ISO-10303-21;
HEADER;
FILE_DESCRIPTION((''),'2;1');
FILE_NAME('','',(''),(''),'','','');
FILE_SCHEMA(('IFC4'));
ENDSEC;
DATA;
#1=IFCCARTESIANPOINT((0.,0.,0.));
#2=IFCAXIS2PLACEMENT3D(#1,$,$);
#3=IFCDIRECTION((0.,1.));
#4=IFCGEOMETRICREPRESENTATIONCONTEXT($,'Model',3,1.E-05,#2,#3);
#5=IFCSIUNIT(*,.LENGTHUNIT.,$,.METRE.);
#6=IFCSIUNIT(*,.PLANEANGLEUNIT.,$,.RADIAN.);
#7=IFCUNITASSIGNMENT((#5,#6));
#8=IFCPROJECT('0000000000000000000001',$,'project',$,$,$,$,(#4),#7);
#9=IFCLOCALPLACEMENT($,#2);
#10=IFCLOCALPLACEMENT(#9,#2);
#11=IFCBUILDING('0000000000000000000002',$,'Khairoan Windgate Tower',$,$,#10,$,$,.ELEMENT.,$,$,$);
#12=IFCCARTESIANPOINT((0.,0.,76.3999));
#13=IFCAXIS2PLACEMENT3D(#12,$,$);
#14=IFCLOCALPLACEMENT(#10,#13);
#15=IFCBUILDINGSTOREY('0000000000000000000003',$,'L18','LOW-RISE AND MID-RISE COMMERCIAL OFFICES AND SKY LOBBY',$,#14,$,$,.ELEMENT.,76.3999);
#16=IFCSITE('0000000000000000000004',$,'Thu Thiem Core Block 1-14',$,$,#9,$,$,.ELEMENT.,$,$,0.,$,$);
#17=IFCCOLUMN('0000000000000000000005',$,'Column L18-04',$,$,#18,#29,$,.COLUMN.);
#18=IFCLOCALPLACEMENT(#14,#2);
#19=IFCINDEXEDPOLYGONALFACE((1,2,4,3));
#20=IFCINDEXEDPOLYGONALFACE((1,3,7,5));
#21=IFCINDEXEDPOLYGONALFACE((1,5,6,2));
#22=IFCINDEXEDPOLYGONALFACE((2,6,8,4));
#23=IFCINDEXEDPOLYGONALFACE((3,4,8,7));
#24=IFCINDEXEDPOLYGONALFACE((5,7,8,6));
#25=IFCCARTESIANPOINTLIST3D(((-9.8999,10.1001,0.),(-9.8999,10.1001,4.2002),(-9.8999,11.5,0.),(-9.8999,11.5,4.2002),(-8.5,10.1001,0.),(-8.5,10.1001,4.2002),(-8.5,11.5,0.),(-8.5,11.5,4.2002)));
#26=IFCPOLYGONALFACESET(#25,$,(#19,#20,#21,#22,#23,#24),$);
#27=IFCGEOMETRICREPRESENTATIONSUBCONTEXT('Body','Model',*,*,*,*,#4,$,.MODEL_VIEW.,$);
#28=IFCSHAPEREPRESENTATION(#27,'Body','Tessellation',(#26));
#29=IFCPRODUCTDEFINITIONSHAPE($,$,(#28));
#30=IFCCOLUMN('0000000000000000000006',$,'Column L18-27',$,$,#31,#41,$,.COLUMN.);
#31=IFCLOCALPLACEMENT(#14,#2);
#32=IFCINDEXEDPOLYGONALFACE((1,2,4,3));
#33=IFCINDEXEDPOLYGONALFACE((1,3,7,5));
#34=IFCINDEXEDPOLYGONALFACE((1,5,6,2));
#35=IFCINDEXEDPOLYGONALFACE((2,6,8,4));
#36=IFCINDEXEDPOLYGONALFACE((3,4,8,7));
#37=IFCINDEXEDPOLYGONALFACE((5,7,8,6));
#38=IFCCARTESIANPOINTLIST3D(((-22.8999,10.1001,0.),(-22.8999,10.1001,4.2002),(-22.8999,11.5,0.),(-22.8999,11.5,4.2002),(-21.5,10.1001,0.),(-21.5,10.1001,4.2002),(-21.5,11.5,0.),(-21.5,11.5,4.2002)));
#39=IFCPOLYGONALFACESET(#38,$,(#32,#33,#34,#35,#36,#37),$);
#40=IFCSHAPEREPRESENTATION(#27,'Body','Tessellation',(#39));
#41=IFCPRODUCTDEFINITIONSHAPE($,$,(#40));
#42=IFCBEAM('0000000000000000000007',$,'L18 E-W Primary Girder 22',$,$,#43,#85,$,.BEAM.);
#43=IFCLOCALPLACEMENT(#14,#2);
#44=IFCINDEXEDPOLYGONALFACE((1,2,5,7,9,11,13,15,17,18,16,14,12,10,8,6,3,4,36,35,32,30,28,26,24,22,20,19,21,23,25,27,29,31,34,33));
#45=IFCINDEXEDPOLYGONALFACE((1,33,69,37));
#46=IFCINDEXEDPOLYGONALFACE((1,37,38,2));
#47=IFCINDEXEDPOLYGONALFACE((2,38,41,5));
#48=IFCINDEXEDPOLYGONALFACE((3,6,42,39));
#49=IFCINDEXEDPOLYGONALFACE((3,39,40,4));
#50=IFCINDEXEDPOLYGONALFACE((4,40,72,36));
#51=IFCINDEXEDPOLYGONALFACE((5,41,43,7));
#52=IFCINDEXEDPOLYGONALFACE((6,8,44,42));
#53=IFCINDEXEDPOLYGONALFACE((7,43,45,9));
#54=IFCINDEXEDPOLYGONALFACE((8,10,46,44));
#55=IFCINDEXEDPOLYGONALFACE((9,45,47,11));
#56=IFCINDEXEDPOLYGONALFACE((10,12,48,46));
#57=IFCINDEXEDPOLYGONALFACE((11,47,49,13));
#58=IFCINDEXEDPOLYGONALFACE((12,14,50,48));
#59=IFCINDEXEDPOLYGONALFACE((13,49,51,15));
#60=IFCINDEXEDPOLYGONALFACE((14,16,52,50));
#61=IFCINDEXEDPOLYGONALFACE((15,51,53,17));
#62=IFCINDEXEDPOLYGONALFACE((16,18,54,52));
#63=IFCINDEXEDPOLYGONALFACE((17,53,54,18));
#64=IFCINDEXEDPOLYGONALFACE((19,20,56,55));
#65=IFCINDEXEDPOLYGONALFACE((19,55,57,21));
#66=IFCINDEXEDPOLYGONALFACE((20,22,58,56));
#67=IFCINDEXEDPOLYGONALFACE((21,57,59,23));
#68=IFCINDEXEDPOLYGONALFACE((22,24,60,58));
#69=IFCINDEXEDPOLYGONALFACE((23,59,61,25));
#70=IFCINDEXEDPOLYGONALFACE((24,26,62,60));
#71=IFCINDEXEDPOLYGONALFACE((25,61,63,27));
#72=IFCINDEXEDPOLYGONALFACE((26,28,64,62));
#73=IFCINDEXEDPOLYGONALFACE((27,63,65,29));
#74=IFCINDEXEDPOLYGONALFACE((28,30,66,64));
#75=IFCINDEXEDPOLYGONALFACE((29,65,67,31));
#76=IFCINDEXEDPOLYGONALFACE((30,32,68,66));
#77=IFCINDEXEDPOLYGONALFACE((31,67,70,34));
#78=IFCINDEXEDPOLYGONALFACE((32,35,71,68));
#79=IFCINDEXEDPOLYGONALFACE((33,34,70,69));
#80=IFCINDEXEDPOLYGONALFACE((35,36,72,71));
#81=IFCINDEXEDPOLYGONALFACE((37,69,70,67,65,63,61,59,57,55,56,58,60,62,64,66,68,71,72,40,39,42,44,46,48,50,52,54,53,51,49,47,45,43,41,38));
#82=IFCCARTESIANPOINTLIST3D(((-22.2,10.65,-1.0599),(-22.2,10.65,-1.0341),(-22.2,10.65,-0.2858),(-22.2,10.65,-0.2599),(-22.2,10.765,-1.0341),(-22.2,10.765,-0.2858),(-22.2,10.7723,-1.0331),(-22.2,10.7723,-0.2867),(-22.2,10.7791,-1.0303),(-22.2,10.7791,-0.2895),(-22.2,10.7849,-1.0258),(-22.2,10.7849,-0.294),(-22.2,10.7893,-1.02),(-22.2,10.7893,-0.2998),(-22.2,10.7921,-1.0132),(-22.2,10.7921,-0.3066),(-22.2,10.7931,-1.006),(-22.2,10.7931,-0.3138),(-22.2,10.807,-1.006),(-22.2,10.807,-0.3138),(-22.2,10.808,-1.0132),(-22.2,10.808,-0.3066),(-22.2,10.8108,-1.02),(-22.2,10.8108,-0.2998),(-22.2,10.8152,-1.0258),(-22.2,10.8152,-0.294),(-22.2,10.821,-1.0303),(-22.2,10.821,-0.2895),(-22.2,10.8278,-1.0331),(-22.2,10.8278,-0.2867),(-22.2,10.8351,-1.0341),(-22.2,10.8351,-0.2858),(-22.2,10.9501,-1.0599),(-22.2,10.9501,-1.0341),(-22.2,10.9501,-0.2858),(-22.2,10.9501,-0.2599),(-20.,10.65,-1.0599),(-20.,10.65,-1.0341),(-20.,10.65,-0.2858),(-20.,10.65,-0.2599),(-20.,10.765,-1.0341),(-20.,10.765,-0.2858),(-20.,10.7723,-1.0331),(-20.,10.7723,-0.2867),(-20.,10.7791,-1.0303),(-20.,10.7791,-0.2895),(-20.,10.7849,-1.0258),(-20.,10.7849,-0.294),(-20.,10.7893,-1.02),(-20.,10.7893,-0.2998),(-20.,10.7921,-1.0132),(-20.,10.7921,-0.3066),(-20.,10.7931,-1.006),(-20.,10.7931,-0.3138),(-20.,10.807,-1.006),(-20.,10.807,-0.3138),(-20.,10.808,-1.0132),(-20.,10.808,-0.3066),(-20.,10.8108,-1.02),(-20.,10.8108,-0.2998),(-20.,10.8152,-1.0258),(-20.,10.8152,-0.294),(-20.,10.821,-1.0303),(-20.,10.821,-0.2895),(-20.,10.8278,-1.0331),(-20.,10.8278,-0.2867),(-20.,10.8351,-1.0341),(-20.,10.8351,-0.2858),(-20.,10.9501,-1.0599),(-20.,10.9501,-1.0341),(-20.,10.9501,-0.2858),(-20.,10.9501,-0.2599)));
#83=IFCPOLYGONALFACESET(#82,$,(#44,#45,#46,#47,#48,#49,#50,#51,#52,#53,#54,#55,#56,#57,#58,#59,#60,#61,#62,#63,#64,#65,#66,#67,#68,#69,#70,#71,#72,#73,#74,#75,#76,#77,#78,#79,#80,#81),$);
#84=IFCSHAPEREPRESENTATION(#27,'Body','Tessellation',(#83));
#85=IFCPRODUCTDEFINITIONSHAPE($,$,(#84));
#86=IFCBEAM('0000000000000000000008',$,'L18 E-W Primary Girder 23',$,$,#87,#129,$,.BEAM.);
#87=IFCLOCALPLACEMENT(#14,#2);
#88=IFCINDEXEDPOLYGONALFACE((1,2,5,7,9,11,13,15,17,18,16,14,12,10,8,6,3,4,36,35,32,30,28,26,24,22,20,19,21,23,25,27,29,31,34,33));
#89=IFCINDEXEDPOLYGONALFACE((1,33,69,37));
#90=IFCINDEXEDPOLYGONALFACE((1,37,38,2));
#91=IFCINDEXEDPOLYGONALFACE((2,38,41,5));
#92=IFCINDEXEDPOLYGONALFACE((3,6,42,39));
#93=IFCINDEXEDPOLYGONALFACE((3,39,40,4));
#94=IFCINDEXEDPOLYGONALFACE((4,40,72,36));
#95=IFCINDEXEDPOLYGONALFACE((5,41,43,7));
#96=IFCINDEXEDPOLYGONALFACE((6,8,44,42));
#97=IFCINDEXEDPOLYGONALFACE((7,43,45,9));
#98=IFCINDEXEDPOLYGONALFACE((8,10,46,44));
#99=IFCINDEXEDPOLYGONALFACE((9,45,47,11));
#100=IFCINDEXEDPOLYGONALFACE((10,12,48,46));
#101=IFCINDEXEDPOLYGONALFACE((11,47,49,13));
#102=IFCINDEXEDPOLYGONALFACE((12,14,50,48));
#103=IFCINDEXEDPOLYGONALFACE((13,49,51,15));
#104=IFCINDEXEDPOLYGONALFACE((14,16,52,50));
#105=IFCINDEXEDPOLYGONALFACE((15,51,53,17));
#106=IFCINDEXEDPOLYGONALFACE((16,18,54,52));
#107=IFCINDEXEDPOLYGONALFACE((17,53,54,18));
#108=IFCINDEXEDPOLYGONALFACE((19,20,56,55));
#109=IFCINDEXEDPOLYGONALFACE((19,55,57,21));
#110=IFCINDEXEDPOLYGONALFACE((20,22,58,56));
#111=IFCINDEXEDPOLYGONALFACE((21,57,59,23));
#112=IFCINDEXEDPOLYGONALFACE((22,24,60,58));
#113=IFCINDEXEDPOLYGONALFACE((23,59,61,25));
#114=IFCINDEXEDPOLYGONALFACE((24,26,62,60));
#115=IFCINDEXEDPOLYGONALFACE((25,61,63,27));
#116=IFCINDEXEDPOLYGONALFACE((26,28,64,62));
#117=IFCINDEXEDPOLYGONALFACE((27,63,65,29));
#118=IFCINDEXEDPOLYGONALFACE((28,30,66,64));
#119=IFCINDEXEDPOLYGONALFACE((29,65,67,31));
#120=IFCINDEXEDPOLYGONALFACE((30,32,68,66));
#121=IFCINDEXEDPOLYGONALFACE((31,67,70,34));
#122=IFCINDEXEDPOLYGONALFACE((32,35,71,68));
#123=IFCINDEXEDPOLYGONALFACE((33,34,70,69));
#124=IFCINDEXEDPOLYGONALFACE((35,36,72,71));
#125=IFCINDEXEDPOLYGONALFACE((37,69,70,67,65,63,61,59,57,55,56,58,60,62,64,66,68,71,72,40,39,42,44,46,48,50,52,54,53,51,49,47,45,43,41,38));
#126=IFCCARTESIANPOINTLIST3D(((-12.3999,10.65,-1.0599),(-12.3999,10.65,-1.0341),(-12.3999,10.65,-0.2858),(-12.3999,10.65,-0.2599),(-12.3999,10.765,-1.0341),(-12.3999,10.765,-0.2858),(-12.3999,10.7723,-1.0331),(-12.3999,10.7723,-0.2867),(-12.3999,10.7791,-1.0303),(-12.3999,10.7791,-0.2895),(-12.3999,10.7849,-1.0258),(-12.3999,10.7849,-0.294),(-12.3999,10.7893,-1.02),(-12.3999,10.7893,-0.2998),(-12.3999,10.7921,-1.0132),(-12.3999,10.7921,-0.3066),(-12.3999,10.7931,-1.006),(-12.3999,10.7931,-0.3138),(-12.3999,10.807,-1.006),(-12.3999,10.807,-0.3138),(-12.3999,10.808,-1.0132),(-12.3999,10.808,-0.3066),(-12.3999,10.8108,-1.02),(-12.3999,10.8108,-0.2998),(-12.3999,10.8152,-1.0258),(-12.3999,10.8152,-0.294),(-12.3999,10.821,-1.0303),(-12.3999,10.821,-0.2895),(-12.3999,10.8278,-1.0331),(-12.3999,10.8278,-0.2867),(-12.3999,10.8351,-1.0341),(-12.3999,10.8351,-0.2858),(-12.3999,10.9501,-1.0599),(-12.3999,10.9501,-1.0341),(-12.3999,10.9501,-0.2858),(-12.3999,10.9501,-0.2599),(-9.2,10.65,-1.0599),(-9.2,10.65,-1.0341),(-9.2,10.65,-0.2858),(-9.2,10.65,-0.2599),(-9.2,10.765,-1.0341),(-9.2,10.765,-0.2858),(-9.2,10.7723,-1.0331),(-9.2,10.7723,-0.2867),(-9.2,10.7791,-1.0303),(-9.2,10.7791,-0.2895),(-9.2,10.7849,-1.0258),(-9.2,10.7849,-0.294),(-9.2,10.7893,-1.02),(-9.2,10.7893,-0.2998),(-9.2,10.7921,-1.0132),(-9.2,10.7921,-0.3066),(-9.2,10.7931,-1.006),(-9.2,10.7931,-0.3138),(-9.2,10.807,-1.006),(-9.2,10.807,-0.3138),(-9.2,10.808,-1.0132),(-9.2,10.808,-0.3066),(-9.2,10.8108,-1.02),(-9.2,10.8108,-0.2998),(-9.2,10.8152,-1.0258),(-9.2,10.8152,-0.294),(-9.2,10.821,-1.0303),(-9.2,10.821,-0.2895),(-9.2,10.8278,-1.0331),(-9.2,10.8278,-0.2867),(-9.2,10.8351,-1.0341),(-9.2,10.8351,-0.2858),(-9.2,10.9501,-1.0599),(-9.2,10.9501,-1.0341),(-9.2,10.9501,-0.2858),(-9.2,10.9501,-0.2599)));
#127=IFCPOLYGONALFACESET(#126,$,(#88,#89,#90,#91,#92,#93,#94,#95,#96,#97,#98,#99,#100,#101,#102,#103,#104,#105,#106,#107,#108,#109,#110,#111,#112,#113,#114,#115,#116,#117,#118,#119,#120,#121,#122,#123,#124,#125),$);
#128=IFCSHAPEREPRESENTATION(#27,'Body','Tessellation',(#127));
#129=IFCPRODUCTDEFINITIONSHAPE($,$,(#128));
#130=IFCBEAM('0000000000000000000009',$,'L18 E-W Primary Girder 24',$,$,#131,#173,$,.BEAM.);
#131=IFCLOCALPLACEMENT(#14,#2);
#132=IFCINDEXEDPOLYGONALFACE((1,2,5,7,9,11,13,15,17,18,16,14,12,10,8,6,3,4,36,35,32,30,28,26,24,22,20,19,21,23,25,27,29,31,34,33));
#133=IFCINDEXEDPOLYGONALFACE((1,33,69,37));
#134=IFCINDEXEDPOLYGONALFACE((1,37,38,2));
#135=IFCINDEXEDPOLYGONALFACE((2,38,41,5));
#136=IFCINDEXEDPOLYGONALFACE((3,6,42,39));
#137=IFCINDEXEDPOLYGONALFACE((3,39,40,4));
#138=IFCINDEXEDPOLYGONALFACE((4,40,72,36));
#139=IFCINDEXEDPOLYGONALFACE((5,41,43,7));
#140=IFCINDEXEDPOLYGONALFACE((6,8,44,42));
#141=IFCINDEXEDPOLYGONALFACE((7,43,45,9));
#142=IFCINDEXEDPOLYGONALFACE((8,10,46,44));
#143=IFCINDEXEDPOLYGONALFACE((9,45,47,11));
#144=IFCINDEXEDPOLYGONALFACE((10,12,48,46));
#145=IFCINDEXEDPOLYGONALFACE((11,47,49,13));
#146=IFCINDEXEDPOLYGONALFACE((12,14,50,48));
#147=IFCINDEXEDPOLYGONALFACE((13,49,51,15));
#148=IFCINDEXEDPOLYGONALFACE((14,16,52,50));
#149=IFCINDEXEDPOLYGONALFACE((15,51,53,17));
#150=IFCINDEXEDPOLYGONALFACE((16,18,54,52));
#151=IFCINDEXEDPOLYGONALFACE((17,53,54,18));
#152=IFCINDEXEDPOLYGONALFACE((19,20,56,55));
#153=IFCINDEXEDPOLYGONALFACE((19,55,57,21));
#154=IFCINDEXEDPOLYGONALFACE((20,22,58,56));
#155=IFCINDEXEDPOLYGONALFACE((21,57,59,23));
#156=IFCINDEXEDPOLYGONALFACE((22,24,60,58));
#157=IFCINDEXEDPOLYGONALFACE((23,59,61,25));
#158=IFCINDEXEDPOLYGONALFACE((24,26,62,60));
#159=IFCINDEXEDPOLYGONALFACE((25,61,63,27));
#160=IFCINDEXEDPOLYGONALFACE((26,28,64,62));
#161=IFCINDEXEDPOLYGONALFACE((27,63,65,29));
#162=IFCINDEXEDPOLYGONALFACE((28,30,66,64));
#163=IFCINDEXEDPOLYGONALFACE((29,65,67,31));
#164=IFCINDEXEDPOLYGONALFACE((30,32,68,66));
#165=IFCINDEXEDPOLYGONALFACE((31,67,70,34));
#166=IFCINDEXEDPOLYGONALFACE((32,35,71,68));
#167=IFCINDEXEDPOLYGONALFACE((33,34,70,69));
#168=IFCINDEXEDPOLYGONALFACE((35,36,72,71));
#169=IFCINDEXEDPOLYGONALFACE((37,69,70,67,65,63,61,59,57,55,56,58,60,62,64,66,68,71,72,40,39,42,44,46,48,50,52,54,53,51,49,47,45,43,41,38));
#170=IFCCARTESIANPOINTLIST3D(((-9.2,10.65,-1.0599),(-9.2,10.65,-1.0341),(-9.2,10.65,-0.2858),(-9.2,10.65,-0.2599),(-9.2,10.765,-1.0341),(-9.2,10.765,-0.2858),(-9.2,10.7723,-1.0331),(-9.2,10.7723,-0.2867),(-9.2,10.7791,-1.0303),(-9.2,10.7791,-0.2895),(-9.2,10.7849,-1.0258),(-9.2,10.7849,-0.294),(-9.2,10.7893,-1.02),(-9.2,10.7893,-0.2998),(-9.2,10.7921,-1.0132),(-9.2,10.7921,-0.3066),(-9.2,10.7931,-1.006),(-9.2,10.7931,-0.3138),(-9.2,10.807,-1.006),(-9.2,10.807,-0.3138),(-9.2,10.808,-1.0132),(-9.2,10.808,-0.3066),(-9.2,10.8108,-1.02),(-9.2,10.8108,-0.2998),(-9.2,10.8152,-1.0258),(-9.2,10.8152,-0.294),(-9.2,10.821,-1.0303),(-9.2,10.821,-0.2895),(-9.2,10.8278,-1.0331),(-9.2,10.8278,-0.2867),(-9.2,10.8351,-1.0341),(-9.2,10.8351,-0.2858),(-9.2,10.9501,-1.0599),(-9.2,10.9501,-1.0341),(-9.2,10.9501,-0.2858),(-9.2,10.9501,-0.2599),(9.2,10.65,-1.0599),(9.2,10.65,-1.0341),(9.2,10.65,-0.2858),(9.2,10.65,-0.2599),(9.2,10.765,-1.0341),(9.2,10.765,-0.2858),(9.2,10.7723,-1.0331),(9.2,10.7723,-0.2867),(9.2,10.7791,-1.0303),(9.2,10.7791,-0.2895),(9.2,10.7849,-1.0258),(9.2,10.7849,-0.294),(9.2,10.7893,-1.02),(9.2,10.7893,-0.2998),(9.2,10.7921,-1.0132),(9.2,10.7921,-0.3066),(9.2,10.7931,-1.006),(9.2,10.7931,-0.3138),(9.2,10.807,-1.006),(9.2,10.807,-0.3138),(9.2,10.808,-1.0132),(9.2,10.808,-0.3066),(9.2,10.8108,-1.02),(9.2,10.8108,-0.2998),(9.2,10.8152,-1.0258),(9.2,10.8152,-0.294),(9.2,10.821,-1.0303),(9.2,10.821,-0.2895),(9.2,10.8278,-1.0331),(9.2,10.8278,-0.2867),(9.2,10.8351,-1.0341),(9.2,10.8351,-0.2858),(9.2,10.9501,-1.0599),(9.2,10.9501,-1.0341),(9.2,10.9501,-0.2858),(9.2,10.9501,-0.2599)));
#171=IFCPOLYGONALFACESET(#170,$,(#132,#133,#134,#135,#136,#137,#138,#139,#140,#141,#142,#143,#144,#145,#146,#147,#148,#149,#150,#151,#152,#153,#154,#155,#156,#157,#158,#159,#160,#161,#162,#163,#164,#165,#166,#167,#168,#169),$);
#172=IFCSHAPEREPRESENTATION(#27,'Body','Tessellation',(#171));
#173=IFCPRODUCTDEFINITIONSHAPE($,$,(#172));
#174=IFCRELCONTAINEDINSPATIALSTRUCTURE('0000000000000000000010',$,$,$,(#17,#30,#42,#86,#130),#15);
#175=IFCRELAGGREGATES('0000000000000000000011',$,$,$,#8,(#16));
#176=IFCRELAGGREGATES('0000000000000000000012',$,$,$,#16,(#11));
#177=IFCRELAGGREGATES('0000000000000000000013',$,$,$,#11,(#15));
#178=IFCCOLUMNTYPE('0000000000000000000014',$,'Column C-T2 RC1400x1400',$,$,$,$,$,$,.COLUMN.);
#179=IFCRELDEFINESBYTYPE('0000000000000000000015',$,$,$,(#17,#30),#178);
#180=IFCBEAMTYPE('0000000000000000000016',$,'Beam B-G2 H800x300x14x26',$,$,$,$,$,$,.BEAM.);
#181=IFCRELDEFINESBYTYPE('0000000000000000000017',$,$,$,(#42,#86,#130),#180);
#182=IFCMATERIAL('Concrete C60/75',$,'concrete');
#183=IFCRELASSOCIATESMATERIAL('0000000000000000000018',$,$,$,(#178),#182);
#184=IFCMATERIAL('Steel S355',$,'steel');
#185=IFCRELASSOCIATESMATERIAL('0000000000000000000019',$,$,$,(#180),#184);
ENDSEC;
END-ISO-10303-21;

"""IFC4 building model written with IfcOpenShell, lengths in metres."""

from ifc_helpers import new_model, si_unit, direction, frame, origin, origin_2d, place, context, subcontext, project, spatial, rectangle, i_section, extrude, material, material_profile, profile_set, type_object, element, save


model = new_model("IFC4")

# Units and contexts
model_context = context("Model", 3, precision=1e-05, world=origin(), true_north=direction((0.0, 1.0)))
body_context = subcontext(model_context, "Body", "Model", "MODEL_VIEW")
ifc_project = project(units=[si_unit("LENGTHUNIT", "METRE"), si_unit("PLANEANGLEUNIT", "RADIAN")], contexts=[model_context])

# Site, building, storey
site_placement = place(None, origin())
site = spatial("IfcSite", under=ifc_project, at=site_placement, Name="Thu Thiem Core Block 1-14", CompositionType="ELEMENT", RefElevation=0.0)
building_placement = place(site_placement, origin())
building = spatial("IfcBuilding", under=site, at=building_placement, Name="Khairoan Windgate Tower", CompositionType="ELEMENT")
storey_placement = place(building_placement, frame((0.0, 0.0, 76.3999)))
storey = spatial("IfcBuildingStorey", under=building, at=storey_placement, Name="L18", Description="LOW-RISE AND MID-RISE COMMERCIAL OFFICES AND SKY LOBBY", CompositionType="ELEMENT", Elevation=76.3999)

# Columns
ifc_material_1 = material(Name="Concrete C60/75", Category="concrete")
ifc_material_profile_1 = material_profile(ifc_material_1, rectangle(XDim=1.3999, YDim=1.3999, at=origin_2d()))
ifc_profile_set_1 = profile_set([ifc_material_profile_1], Name="Concrete C60/75")
column_type = type_object("IfcColumnType", Name="Column C-T2 RC1400x1400", PredefinedType="COLUMN", material=ifc_profile_set_1)
for number, where, z_axis, x_axis, name in (
    (1, (-9.2, 10.8, 0.0), (0.0, 0.0, 1.0), (1.0, 0.0, 0.0), "Column L18-04"),
    (2, (-22.2, 10.8, 0.0), (0.0, 0.0, 1.0), (1.0, 0.0, 0.0), "Column L18-27"),
):
    element("IfcColumn", number, at=place(storey_placement, frame(where, z_axis=z_axis, x_axis=x_axis)), inside=storey, type_object=column_type, Name=name, PredefinedType="COLUMN", context=body_context, shape_type="SweptSolid", body=[
        extrude(rectangle(XDim=1.3999, YDim=1.3999, at=origin_2d()), origin(), (0.0, 0.0, 1.0), 4.2002),
    ])

# Beams
ifc_material_2 = material(Name="Steel S355", Category="steel")
ifc_material_profile_2 = material_profile(ifc_material_2, i_section(OverallWidth=0.3, OverallDepth=0.8, WebThickness=0.0139, FlangeThickness=0.0259, FilletRadius=0.0281, at=origin_2d()))
ifc_profile_set_2 = profile_set([ifc_material_profile_2], Name="Steel S355")
beam_type_1 = type_object("IfcBeamType", Name="Beam B-G2 H800x300x14x26", PredefinedType="BEAM", material=ifc_profile_set_2)
beam_1_placement = place(storey_placement, frame((-22.2, 10.8, -0.6599), z_axis=(1.0, 0.0, 0.0), x_axis=(0.0, 1.0, 0.0)))
element("IfcBeam", 3, at=beam_1_placement, inside=storey, type_object=beam_type_1, Name="L18 E-W Primary Girder 22", PredefinedType="BEAM", context=body_context, shape_type="SweptSolid", body=[
    extrude(i_section(OverallWidth=0.3, OverallDepth=0.8, WebThickness=0.0139, FlangeThickness=0.0259, FilletRadius=0.0281, at=origin_2d()), origin(), (0.0, 0.0, 1.0), 2.2),
])
beam_2_placement = place(storey_placement, frame((-12.3999, 10.8, -0.6599), z_axis=(1.0, 0.0, 0.0), x_axis=(0.0, 1.0, 0.0)))
element("IfcBeam", 4, at=beam_2_placement, inside=storey, type_object=beam_type_1, Name="L18 E-W Primary Girder 23", PredefinedType="BEAM", context=body_context, shape_type="SweptSolid", body=[
    extrude(i_section(OverallWidth=0.3, OverallDepth=0.8, WebThickness=0.0139, FlangeThickness=0.0259, FilletRadius=0.0281, at=origin_2d()), origin(), (0.0, 0.0, 1.0), 3.2),
])
beam_3_placement = place(storey_placement, frame((-9.2, 10.8, -0.6599), z_axis=(1.0, 0.0, 0.0), x_axis=(0.0, 1.0, 0.0)))
element("IfcBeam", 5, at=beam_3_placement, inside=storey, type_object=beam_type_1, Name="L18 E-W Primary Girder 24", PredefinedType="BEAM", context=body_context, shape_type="SweptSolid", body=[
    extrude(i_section(OverallWidth=0.3, OverallDepth=0.8, WebThickness=0.0139, FlangeThickness=0.0259, FilletRadius=0.0281, at=origin_2d()), origin(), (0.0, 0.0, 1.0), 18.3999),
])

save(model, "model.ifc")
